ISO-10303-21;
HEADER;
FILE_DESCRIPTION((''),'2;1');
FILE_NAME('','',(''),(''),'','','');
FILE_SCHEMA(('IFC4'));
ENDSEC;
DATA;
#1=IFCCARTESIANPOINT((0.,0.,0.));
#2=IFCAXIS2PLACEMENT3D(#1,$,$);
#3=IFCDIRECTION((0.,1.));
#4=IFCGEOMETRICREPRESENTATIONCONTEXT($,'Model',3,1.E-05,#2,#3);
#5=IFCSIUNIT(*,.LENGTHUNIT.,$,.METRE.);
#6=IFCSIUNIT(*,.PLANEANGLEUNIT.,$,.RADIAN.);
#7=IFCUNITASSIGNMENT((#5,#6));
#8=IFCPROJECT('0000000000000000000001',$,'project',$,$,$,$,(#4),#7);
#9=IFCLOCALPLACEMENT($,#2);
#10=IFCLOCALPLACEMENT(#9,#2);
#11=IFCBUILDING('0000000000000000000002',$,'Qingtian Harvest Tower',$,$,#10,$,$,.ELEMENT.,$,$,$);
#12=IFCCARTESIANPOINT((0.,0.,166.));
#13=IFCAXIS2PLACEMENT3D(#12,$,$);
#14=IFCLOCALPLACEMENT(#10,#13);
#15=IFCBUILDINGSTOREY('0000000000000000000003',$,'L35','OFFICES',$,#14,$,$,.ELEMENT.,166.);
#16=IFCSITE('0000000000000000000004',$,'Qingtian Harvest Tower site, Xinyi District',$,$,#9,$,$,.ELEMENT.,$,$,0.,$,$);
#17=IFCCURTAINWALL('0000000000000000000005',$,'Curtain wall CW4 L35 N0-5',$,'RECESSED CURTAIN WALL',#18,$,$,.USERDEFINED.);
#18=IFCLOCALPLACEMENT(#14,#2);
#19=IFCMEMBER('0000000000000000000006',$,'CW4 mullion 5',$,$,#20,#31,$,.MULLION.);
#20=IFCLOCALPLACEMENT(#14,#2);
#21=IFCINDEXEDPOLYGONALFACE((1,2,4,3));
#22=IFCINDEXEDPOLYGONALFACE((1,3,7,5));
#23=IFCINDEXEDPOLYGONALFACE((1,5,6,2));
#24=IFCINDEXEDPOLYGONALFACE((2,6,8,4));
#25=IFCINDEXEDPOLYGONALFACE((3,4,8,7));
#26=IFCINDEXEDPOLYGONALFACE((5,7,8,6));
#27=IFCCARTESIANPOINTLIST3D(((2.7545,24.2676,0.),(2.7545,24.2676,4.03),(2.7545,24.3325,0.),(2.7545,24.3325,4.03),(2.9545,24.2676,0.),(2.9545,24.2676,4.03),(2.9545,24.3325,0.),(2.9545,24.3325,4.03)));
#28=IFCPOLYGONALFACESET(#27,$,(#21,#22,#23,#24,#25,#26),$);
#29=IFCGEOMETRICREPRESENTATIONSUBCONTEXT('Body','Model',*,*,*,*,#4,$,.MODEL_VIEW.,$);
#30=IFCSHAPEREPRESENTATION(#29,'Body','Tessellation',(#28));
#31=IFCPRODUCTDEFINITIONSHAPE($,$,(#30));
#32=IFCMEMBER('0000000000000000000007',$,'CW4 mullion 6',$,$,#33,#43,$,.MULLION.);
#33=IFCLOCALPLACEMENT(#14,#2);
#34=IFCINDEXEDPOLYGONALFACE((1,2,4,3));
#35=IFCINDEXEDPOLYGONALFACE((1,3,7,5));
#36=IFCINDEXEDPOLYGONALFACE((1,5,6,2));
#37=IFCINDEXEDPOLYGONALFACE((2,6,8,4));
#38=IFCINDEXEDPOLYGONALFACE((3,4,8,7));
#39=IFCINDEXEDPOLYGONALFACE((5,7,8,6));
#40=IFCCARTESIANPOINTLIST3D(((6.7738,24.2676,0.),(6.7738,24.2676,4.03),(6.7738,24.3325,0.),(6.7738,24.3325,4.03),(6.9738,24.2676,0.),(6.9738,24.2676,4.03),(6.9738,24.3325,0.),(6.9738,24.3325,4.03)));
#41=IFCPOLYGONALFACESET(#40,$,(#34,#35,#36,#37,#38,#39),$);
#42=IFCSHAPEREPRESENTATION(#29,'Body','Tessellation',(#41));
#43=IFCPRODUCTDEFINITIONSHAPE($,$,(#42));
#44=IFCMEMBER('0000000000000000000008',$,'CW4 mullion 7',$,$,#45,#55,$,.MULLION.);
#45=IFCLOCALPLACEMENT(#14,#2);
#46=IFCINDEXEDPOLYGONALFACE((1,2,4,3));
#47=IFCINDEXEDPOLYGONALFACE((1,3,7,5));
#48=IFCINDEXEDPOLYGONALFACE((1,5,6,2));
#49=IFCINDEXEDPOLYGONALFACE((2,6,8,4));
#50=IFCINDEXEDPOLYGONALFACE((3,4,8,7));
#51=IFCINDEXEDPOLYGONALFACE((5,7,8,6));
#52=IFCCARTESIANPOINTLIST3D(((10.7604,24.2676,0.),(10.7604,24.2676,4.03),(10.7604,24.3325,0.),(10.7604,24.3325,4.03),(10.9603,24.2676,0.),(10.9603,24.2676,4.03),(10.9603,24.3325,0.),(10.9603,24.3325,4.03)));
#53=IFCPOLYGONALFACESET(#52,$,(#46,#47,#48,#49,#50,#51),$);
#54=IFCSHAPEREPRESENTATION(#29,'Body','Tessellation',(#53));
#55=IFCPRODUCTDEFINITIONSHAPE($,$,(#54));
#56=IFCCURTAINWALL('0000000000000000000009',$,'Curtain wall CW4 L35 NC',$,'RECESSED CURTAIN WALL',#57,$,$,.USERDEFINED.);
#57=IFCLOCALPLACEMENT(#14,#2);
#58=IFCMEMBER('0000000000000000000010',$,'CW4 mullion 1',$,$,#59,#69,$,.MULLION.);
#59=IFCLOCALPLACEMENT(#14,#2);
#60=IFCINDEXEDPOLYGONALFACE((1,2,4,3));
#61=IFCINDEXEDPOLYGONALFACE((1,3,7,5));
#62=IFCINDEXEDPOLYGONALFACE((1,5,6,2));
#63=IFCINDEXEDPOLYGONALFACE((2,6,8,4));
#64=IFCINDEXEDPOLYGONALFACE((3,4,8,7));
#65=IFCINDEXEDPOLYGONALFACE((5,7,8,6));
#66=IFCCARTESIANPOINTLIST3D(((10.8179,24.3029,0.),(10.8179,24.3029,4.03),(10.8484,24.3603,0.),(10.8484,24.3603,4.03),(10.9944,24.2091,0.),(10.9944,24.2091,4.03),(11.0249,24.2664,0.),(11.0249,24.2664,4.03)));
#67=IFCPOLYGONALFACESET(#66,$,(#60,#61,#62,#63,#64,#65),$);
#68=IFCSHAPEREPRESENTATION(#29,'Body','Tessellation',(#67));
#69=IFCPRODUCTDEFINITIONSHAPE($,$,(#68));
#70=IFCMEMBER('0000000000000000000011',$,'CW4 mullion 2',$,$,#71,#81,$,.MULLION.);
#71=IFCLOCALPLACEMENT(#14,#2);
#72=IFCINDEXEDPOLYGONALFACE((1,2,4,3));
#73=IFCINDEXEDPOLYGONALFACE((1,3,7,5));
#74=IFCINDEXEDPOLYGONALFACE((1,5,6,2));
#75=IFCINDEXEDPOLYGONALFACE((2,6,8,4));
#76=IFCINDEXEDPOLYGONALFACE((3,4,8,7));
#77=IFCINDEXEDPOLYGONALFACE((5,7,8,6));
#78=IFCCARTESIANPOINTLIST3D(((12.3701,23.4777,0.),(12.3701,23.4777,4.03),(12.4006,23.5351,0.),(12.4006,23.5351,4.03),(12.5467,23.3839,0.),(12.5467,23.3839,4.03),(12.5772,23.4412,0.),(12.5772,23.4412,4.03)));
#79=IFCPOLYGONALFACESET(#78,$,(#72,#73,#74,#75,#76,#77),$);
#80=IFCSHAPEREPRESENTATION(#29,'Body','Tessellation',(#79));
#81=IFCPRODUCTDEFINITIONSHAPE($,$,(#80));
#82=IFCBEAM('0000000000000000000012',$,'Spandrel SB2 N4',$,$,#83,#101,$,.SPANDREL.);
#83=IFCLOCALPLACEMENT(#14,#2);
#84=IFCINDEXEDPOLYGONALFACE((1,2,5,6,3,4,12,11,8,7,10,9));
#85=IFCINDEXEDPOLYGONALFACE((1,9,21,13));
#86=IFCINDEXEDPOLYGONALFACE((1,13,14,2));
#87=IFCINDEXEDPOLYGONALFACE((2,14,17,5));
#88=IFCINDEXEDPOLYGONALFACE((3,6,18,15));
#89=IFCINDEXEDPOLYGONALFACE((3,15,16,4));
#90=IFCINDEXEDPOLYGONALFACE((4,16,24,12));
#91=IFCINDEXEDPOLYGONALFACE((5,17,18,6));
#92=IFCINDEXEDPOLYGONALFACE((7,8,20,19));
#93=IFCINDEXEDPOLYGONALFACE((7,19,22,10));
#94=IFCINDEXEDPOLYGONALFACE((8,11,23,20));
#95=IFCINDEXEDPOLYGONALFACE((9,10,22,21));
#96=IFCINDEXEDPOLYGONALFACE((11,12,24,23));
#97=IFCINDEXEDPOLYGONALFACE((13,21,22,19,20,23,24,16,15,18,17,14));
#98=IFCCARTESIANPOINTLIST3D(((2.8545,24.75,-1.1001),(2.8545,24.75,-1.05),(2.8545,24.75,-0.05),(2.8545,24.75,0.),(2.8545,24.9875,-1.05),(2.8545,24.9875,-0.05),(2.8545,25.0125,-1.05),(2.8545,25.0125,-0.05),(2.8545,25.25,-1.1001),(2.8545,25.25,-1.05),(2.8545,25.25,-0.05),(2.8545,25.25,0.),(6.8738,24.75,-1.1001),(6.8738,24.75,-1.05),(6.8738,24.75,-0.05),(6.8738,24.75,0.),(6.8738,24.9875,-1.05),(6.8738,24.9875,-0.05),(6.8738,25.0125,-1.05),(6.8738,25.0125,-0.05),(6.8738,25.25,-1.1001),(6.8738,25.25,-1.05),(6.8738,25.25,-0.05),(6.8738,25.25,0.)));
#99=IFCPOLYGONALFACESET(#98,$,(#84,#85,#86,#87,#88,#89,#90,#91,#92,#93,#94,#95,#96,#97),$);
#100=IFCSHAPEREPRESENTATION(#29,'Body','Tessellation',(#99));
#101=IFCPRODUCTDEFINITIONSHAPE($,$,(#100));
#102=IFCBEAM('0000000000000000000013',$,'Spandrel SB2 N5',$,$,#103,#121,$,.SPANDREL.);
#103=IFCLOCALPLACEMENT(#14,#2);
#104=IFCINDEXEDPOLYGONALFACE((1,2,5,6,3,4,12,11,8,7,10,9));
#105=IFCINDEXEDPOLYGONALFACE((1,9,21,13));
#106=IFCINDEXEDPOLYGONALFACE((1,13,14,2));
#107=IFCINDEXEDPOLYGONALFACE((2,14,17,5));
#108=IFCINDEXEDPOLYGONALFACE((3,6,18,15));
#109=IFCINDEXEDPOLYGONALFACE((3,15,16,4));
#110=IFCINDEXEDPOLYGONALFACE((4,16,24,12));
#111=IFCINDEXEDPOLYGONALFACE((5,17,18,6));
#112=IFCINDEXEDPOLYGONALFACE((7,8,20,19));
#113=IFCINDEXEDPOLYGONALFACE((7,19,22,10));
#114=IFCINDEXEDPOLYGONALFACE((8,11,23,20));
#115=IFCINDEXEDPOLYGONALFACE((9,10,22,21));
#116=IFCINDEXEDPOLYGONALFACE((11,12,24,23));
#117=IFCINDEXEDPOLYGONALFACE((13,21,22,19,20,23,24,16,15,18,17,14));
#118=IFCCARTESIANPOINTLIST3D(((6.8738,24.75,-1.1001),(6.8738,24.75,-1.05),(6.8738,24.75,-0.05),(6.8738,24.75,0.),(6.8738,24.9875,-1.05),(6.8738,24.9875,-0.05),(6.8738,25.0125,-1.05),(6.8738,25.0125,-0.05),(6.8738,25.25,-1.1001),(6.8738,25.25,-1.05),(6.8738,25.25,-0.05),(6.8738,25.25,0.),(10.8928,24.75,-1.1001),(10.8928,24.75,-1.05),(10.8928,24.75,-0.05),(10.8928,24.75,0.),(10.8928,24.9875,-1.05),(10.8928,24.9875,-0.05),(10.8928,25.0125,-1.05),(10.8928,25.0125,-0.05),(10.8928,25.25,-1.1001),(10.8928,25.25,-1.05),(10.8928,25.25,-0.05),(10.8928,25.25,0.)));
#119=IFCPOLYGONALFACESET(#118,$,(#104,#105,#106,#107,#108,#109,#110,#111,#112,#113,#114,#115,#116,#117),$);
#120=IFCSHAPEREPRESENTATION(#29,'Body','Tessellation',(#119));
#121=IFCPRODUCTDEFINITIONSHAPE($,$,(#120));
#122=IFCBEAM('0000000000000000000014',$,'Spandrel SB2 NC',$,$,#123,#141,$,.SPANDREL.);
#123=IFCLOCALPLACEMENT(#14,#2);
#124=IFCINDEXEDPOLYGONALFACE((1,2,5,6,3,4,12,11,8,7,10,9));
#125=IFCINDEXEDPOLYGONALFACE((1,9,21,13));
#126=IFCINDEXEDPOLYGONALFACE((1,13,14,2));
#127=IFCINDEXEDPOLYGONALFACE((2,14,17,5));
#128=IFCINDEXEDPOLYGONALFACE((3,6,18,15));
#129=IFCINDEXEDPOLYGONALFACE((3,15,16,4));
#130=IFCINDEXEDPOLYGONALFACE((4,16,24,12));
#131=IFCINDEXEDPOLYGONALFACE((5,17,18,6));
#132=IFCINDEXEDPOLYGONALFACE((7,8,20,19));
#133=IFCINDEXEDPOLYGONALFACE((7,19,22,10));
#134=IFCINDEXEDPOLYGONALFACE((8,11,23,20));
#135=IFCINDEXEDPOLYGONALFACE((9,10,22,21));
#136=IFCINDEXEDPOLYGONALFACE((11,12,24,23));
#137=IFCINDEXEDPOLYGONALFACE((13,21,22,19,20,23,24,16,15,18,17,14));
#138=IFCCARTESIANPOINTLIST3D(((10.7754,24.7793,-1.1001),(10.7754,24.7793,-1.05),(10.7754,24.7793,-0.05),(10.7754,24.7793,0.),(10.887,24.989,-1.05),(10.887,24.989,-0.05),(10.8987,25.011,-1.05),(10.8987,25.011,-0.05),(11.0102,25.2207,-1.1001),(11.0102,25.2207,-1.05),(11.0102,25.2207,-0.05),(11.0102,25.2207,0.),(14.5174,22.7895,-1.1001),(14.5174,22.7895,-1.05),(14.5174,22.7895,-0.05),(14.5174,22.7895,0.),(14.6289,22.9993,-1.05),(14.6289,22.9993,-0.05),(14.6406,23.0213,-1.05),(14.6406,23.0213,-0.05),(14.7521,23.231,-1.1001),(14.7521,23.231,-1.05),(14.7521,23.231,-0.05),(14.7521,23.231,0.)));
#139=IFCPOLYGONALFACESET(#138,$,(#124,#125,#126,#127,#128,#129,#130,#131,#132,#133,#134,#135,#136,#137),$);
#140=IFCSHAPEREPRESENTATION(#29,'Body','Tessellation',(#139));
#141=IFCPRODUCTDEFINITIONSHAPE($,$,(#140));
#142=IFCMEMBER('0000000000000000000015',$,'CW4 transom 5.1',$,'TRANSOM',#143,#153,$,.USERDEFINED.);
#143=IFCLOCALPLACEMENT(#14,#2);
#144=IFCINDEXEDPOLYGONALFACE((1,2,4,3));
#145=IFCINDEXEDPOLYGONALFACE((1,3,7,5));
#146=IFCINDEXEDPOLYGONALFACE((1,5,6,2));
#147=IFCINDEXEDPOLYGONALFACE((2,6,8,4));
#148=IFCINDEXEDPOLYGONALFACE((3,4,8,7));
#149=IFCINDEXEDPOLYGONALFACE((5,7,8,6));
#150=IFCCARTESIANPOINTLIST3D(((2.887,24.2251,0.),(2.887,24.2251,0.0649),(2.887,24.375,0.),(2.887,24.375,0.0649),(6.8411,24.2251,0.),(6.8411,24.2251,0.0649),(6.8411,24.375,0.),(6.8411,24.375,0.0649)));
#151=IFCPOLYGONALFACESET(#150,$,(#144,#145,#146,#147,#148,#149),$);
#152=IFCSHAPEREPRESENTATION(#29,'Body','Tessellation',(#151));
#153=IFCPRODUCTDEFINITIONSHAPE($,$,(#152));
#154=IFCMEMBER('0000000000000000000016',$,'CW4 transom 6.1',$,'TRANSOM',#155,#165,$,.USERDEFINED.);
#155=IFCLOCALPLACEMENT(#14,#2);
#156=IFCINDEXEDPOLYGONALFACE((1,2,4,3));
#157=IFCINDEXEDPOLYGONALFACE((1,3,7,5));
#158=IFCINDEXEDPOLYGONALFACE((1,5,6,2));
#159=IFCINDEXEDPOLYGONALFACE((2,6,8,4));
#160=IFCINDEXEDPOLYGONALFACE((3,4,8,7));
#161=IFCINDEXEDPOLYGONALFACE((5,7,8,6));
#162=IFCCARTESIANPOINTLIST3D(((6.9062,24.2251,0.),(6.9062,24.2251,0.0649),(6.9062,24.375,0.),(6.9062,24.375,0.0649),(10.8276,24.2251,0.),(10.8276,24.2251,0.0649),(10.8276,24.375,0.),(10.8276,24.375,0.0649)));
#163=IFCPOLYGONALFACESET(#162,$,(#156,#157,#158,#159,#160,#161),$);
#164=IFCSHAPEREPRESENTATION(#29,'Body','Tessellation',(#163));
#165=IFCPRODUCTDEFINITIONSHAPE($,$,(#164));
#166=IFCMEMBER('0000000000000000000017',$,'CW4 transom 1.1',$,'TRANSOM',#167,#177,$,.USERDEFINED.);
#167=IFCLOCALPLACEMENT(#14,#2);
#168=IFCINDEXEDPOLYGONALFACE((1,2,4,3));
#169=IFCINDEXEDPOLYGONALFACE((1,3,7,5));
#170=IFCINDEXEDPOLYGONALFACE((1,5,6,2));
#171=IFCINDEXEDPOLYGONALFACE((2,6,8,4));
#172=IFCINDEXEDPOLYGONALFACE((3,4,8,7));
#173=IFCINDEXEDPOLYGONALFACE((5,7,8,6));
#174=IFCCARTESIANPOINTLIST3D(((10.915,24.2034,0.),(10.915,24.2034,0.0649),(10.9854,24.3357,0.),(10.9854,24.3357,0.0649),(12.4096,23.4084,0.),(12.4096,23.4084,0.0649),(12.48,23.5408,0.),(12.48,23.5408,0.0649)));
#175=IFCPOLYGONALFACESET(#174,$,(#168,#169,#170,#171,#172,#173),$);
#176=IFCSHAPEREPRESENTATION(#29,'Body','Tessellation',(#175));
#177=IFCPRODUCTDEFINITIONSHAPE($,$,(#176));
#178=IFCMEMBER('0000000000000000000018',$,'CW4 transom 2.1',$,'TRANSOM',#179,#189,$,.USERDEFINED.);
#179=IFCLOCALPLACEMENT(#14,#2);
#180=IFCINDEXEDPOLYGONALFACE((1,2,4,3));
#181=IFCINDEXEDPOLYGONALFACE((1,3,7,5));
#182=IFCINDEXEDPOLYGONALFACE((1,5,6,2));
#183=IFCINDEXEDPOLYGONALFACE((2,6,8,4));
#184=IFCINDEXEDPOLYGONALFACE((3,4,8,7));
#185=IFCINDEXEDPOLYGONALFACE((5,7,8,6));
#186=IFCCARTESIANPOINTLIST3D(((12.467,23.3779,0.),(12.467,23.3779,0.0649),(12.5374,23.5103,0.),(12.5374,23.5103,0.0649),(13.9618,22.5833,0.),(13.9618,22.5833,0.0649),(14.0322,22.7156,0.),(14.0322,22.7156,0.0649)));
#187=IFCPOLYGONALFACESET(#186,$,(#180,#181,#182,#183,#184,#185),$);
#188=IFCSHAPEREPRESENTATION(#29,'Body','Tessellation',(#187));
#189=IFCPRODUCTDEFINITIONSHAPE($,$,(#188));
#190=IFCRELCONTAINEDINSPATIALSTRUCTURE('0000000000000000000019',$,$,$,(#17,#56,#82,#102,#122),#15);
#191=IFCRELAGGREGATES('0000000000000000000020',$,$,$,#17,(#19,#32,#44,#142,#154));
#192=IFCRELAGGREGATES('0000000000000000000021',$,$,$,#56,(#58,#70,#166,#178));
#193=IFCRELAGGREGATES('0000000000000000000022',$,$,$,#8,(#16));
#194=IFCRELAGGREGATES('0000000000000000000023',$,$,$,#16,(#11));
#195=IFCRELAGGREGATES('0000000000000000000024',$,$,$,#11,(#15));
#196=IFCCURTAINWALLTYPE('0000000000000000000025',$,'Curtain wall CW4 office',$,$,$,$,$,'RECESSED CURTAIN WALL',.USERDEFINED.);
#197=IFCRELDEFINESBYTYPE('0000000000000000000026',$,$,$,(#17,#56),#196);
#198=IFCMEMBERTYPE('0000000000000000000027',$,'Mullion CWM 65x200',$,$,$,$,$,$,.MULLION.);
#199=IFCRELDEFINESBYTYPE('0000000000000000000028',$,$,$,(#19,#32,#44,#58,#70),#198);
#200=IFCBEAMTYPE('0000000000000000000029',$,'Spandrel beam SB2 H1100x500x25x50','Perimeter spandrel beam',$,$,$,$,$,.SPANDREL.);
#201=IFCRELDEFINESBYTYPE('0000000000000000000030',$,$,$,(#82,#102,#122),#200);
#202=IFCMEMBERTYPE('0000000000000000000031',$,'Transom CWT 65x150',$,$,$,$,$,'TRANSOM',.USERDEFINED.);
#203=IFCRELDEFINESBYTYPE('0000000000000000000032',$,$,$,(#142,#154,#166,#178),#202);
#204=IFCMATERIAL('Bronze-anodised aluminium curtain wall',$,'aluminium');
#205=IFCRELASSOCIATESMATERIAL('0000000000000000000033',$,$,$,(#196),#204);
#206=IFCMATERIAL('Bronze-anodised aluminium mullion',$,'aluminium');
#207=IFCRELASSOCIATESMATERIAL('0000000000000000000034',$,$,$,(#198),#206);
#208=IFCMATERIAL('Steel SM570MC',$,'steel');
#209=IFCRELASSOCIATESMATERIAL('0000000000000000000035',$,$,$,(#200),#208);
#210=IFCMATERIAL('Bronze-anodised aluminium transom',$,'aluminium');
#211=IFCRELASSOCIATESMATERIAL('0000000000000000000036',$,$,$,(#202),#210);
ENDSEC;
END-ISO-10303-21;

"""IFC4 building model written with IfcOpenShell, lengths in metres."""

from ifc_helpers import new_model, si_unit, direction, frame, origin, origin_2d, place, context, subcontext, project, spatial, rectangle, i_section, extrude, material, material_profile, profile_set, type_object, element, aggregate, save


model = new_model("IFC4")

# Units and contexts
model_context = context("Model", 3, precision=1e-05, world=origin(), true_north=direction((0.0, 1.0)))
body_context = subcontext(model_context, "Body", "Model", "MODEL_VIEW")
ifc_project = project(units=[si_unit("LENGTHUNIT", "METRE"), si_unit("PLANEANGLEUNIT", "RADIAN")], contexts=[model_context])

# Site, building, storey
site_placement = place(None, origin())
site = spatial("IfcSite", under=ifc_project, at=site_placement, Name="Qingtian Harvest Tower site, Xinyi District", CompositionType="ELEMENT", RefElevation=0.0)
building_placement = place(site_placement, origin())
building = spatial("IfcBuilding", under=site, at=building_placement, Name="Qingtian Harvest Tower", CompositionType="ELEMENT")
storey_placement = place(building_placement, frame((0.0, 0.0, 166.0)))
storey = spatial("IfcBuildingStorey", under=building, at=storey_placement, Name="L35", Description="OFFICES", CompositionType="ELEMENT", Elevation=166.0)

# Curtain walls, members
ifc_material_1 = material(Name="Bronze-anodised aluminium curtain wall", Category="aluminium")
curtain_wall_type = type_object("IfcCurtainWallType", Name="Curtain wall CW4 office", ElementType="RECESSED CURTAIN WALL", PredefinedType="USERDEFINED", material=ifc_material_1)
curtain_wall_1_placement = place(storey_placement, origin())
curtain_wall_1 = element("IfcCurtainWall", 1, at=curtain_wall_1_placement, inside=storey, type_object=curtain_wall_type, Name="Curtain wall CW4 L35 N0-5", ObjectType="RECESSED CURTAIN WALL", PredefinedType="USERDEFINED")
ifc_material_2 = material(Name="Bronze-anodised aluminium mullion", Category="aluminium")
ifc_material_profile_1 = material_profile(ifc_material_2, rectangle(XDim=0.0649, YDim=0.2, at=origin_2d()), Name="AL 65x200")
ifc_profile_set_1 = profile_set([ifc_material_profile_1], Name="Bronze-anodised aluminium mullion")
member_type_1 = type_object("IfcMemberType", Name="Mullion CWM 65x200", PredefinedType="MULLION", material=ifc_profile_set_1)
member_1_placement = place(storey_placement, frame((2.8545, 24.3, 0.0), z_axis=(0.0, 0.0, 1.0), x_axis=(0.0, 1.0, 0.0)))
member_1 = element("IfcMember", 2, at=member_1_placement, type_object=member_type_1, Name="CW4 mullion 5", PredefinedType="MULLION", context=body_context, shape_type="SweptSolid", body=[
    extrude(rectangle(XDim=0.0649, YDim=0.2, at=origin_2d()), origin(), (0.0, 0.0, 1.0), 4.03),
])
member_2_placement = place(storey_placement, frame((6.8738, 24.3, 0.0), z_axis=(0.0, 0.0, 1.0), x_axis=(0.0, 1.0, 0.0)))
member_2 = element("IfcMember", 3, at=member_2_placement, type_object=member_type_1, Name="CW4 mullion 6", PredefinedType="MULLION", context=body_context, shape_type="SweptSolid", body=[
    extrude(rectangle(XDim=0.0649, YDim=0.2, at=origin_2d()), origin(), (0.0, 0.0, 1.0), 4.03),
])
member_3_placement = place(storey_placement, frame((10.8604, 24.3, 0.0), z_axis=(0.0, 0.0, 1.0), x_axis=(0.0, 1.0, 0.0)))
member_3 = element("IfcMember", 4, at=member_3_placement, type_object=member_type_1, Name="CW4 mullion 7", PredefinedType="MULLION", context=body_context, shape_type="SweptSolid", body=[
    extrude(rectangle(XDim=0.0649, YDim=0.2, at=origin_2d()), origin(), (0.0, 0.0, 1.0), 4.03),
])
curtain_wall_2_placement = place(storey_placement, origin())
curtain_wall_2 = element("IfcCurtainWall", 5, at=curtain_wall_2_placement, inside=storey, type_object=curtain_wall_type, Name="Curtain wall CW4 L35 NC", ObjectType="RECESSED CURTAIN WALL", PredefinedType="USERDEFINED")
member_4_placement = place(storey_placement, frame((10.9214, 24.2847, 0.0), z_axis=(0.0, 0.0, 1.0), x_axis=(0.469472, 0.882948, 0.0)))
member_4 = element("IfcMember", 6, at=member_4_placement, type_object=member_type_1, Name="CW4 mullion 1", PredefinedType="MULLION", context=body_context, shape_type="SweptSolid", body=[
    extrude(rectangle(XDim=0.0649, YDim=0.2, at=origin_2d()), origin(), (0.0, 0.0, 1.0), 4.03),
])
member_5_placement = place(storey_placement, frame((12.4736, 23.4595, 0.0), z_axis=(0.0, 0.0, 1.0), x_axis=(0.469472, 0.882948, 0.0)))
member_5 = element("IfcMember", 7, at=member_5_placement, type_object=member_type_1, Name="CW4 mullion 2", PredefinedType="MULLION", context=body_context, shape_type="SweptSolid", body=[
    extrude(rectangle(XDim=0.0649, YDim=0.2, at=origin_2d()), origin(), (0.0, 0.0, 1.0), 4.03),
])

# Beams
ifc_material_3 = material(Name="Steel SM570MC", Category="steel")
ifc_material_profile_2 = material_profile(ifc_material_3, i_section(OverallWidth=0.5, OverallDepth=1.1001, WebThickness=0.0249, FlangeThickness=0.05, at=origin_2d()), Name="H1100x500x25x50")
ifc_profile_set_2 = profile_set([ifc_material_profile_2], Name="Steel SM570MC")
beam_type_1 = type_object("IfcBeamType", Name="Spandrel beam SB2 H1100x500x25x50", Description="Perimeter spandrel beam", PredefinedType="SPANDREL", material=ifc_profile_set_2)
beam_1_placement = place(storey_placement, frame((2.8545, 25.0, -0.55), z_axis=(1.0, 0.0, 0.0), x_axis=(0.0, 1.0, 0.0)))
element("IfcBeam", 8, at=beam_1_placement, inside=storey, type_object=beam_type_1, Name="Spandrel SB2 N4", PredefinedType="SPANDREL", context=body_context, shape_type="SweptSolid", body=[
    extrude(i_section(OverallWidth=0.5, OverallDepth=1.1001, WebThickness=0.0249, FlangeThickness=0.05, at=origin_2d()), origin(), (0.0, 0.0, 1.0), 4.0193),
])
beam_2_placement = place(storey_placement, frame((6.8738, 25.0, -0.55), z_axis=(1.0, 0.0, 0.0), x_axis=(0.0, 1.0, 0.0)))
element("IfcBeam", 9, at=beam_2_placement, inside=storey, type_object=beam_type_1, Name="Spandrel SB2 N5", PredefinedType="SPANDREL", context=body_context, shape_type="SweptSolid", body=[
    extrude(i_section(OverallWidth=0.5, OverallDepth=1.1001, WebThickness=0.0249, FlangeThickness=0.05, at=origin_2d()), origin(), (0.0, 0.0, 1.0), 4.019),
])
beam_3_placement = place(storey_placement, frame((10.8928, 25.0, -0.55), z_axis=(0.882936, -0.469494, 0.0), x_axis=(0.469494, 0.882936, 0.0)))
element("IfcBeam", 10, at=beam_3_placement, inside=storey, type_object=beam_type_1, Name="Spandrel SB2 NC", PredefinedType="SPANDREL", context=body_context, shape_type="SweptSolid", body=[
    extrude(i_section(OverallWidth=0.5, OverallDepth=1.1001, WebThickness=0.0249, FlangeThickness=0.05, at=origin_2d()), origin(), (0.0, 0.0, 1.0), 4.238),
])

# Members
ifc_material_4 = material(Name="Bronze-anodised aluminium transom", Category="aluminium")
ifc_material_profile_3 = material_profile(ifc_material_4, rectangle(XDim=0.1499, YDim=0.0649, at=origin_2d()), Name="AL 65x150")
ifc_profile_set_3 = profile_set([ifc_material_profile_3], Name="Bronze-anodised aluminium transom")
member_type_2 = type_object("IfcMemberType", Name="Transom CWT 65x150", ElementType="TRANSOM", PredefinedType="USERDEFINED", material=ifc_profile_set_3)
member_6_placement = place(storey_placement, frame((2.887, 24.3, 0.0325), z_axis=(1.0, 0.0, 0.0), x_axis=(0.0, 1.0, 0.0)))
member_6 = element("IfcMember", 11, at=member_6_placement, type_object=member_type_2, Name="CW4 transom 5.1", ObjectType="TRANSOM", PredefinedType="USERDEFINED", context=body_context, shape_type="SweptSolid", body=[
    extrude(rectangle(XDim=0.1499, YDim=0.0649, at=origin_2d()), origin(), (0.0, 0.0, 1.0), 3.9541),
])
member_7_placement = place(storey_placement, frame((6.9062, 24.3, 0.0325), z_axis=(1.0, 0.0, 0.0), x_axis=(0.0, 1.0, 0.0)))
member_7 = element("IfcMember", 12, at=member_7_placement, type_object=member_type_2, Name="CW4 transom 6.1", ObjectType="TRANSOM", PredefinedType="USERDEFINED", context=body_context, shape_type="SweptSolid", body=[
    extrude(rectangle(XDim=0.1499, YDim=0.0649, at=origin_2d()), origin(), (0.0, 0.0, 1.0), 3.9214),
])
member_8_placement = place(storey_placement, frame((10.9502, 24.2695, 0.0325), z_axis=(0.882895, -0.46957, 0.0), x_axis=(0.46957, 0.882895, 0.0)))
member_8 = element("IfcMember", 13, at=member_8_placement, type_object=member_type_2, Name="CW4 transom 1.1", ObjectType="TRANSOM", PredefinedType="USERDEFINED", context=body_context, shape_type="SweptSolid", body=[
    extrude(rectangle(XDim=0.1499, YDim=0.0649, at=origin_2d()), origin(), (0.0, 0.0, 1.0), 1.6929),
])
member_9_placement = place(storey_placement, frame((12.5022, 23.4441, 0.0325), z_axis=(0.882987, -0.469398, 0.0), x_axis=(0.469398, 0.882987, 0.0)))
member_9 = element("IfcMember", 14, at=member_9_placement, type_object=member_type_2, Name="CW4 transom 2.1", ObjectType="TRANSOM", PredefinedType="USERDEFINED", context=body_context, shape_type="SweptSolid", body=[
    extrude(rectangle(XDim=0.1499, YDim=0.0649, at=origin_2d()), origin(), (0.0, 0.0, 1.0), 1.6929),
])

aggregate(curtain_wall_1, [member_1, member_2, member_3, member_6, member_7])
aggregate(curtain_wall_2, [member_4, member_5, member_8, member_9])

save(model, "model.ifc")
